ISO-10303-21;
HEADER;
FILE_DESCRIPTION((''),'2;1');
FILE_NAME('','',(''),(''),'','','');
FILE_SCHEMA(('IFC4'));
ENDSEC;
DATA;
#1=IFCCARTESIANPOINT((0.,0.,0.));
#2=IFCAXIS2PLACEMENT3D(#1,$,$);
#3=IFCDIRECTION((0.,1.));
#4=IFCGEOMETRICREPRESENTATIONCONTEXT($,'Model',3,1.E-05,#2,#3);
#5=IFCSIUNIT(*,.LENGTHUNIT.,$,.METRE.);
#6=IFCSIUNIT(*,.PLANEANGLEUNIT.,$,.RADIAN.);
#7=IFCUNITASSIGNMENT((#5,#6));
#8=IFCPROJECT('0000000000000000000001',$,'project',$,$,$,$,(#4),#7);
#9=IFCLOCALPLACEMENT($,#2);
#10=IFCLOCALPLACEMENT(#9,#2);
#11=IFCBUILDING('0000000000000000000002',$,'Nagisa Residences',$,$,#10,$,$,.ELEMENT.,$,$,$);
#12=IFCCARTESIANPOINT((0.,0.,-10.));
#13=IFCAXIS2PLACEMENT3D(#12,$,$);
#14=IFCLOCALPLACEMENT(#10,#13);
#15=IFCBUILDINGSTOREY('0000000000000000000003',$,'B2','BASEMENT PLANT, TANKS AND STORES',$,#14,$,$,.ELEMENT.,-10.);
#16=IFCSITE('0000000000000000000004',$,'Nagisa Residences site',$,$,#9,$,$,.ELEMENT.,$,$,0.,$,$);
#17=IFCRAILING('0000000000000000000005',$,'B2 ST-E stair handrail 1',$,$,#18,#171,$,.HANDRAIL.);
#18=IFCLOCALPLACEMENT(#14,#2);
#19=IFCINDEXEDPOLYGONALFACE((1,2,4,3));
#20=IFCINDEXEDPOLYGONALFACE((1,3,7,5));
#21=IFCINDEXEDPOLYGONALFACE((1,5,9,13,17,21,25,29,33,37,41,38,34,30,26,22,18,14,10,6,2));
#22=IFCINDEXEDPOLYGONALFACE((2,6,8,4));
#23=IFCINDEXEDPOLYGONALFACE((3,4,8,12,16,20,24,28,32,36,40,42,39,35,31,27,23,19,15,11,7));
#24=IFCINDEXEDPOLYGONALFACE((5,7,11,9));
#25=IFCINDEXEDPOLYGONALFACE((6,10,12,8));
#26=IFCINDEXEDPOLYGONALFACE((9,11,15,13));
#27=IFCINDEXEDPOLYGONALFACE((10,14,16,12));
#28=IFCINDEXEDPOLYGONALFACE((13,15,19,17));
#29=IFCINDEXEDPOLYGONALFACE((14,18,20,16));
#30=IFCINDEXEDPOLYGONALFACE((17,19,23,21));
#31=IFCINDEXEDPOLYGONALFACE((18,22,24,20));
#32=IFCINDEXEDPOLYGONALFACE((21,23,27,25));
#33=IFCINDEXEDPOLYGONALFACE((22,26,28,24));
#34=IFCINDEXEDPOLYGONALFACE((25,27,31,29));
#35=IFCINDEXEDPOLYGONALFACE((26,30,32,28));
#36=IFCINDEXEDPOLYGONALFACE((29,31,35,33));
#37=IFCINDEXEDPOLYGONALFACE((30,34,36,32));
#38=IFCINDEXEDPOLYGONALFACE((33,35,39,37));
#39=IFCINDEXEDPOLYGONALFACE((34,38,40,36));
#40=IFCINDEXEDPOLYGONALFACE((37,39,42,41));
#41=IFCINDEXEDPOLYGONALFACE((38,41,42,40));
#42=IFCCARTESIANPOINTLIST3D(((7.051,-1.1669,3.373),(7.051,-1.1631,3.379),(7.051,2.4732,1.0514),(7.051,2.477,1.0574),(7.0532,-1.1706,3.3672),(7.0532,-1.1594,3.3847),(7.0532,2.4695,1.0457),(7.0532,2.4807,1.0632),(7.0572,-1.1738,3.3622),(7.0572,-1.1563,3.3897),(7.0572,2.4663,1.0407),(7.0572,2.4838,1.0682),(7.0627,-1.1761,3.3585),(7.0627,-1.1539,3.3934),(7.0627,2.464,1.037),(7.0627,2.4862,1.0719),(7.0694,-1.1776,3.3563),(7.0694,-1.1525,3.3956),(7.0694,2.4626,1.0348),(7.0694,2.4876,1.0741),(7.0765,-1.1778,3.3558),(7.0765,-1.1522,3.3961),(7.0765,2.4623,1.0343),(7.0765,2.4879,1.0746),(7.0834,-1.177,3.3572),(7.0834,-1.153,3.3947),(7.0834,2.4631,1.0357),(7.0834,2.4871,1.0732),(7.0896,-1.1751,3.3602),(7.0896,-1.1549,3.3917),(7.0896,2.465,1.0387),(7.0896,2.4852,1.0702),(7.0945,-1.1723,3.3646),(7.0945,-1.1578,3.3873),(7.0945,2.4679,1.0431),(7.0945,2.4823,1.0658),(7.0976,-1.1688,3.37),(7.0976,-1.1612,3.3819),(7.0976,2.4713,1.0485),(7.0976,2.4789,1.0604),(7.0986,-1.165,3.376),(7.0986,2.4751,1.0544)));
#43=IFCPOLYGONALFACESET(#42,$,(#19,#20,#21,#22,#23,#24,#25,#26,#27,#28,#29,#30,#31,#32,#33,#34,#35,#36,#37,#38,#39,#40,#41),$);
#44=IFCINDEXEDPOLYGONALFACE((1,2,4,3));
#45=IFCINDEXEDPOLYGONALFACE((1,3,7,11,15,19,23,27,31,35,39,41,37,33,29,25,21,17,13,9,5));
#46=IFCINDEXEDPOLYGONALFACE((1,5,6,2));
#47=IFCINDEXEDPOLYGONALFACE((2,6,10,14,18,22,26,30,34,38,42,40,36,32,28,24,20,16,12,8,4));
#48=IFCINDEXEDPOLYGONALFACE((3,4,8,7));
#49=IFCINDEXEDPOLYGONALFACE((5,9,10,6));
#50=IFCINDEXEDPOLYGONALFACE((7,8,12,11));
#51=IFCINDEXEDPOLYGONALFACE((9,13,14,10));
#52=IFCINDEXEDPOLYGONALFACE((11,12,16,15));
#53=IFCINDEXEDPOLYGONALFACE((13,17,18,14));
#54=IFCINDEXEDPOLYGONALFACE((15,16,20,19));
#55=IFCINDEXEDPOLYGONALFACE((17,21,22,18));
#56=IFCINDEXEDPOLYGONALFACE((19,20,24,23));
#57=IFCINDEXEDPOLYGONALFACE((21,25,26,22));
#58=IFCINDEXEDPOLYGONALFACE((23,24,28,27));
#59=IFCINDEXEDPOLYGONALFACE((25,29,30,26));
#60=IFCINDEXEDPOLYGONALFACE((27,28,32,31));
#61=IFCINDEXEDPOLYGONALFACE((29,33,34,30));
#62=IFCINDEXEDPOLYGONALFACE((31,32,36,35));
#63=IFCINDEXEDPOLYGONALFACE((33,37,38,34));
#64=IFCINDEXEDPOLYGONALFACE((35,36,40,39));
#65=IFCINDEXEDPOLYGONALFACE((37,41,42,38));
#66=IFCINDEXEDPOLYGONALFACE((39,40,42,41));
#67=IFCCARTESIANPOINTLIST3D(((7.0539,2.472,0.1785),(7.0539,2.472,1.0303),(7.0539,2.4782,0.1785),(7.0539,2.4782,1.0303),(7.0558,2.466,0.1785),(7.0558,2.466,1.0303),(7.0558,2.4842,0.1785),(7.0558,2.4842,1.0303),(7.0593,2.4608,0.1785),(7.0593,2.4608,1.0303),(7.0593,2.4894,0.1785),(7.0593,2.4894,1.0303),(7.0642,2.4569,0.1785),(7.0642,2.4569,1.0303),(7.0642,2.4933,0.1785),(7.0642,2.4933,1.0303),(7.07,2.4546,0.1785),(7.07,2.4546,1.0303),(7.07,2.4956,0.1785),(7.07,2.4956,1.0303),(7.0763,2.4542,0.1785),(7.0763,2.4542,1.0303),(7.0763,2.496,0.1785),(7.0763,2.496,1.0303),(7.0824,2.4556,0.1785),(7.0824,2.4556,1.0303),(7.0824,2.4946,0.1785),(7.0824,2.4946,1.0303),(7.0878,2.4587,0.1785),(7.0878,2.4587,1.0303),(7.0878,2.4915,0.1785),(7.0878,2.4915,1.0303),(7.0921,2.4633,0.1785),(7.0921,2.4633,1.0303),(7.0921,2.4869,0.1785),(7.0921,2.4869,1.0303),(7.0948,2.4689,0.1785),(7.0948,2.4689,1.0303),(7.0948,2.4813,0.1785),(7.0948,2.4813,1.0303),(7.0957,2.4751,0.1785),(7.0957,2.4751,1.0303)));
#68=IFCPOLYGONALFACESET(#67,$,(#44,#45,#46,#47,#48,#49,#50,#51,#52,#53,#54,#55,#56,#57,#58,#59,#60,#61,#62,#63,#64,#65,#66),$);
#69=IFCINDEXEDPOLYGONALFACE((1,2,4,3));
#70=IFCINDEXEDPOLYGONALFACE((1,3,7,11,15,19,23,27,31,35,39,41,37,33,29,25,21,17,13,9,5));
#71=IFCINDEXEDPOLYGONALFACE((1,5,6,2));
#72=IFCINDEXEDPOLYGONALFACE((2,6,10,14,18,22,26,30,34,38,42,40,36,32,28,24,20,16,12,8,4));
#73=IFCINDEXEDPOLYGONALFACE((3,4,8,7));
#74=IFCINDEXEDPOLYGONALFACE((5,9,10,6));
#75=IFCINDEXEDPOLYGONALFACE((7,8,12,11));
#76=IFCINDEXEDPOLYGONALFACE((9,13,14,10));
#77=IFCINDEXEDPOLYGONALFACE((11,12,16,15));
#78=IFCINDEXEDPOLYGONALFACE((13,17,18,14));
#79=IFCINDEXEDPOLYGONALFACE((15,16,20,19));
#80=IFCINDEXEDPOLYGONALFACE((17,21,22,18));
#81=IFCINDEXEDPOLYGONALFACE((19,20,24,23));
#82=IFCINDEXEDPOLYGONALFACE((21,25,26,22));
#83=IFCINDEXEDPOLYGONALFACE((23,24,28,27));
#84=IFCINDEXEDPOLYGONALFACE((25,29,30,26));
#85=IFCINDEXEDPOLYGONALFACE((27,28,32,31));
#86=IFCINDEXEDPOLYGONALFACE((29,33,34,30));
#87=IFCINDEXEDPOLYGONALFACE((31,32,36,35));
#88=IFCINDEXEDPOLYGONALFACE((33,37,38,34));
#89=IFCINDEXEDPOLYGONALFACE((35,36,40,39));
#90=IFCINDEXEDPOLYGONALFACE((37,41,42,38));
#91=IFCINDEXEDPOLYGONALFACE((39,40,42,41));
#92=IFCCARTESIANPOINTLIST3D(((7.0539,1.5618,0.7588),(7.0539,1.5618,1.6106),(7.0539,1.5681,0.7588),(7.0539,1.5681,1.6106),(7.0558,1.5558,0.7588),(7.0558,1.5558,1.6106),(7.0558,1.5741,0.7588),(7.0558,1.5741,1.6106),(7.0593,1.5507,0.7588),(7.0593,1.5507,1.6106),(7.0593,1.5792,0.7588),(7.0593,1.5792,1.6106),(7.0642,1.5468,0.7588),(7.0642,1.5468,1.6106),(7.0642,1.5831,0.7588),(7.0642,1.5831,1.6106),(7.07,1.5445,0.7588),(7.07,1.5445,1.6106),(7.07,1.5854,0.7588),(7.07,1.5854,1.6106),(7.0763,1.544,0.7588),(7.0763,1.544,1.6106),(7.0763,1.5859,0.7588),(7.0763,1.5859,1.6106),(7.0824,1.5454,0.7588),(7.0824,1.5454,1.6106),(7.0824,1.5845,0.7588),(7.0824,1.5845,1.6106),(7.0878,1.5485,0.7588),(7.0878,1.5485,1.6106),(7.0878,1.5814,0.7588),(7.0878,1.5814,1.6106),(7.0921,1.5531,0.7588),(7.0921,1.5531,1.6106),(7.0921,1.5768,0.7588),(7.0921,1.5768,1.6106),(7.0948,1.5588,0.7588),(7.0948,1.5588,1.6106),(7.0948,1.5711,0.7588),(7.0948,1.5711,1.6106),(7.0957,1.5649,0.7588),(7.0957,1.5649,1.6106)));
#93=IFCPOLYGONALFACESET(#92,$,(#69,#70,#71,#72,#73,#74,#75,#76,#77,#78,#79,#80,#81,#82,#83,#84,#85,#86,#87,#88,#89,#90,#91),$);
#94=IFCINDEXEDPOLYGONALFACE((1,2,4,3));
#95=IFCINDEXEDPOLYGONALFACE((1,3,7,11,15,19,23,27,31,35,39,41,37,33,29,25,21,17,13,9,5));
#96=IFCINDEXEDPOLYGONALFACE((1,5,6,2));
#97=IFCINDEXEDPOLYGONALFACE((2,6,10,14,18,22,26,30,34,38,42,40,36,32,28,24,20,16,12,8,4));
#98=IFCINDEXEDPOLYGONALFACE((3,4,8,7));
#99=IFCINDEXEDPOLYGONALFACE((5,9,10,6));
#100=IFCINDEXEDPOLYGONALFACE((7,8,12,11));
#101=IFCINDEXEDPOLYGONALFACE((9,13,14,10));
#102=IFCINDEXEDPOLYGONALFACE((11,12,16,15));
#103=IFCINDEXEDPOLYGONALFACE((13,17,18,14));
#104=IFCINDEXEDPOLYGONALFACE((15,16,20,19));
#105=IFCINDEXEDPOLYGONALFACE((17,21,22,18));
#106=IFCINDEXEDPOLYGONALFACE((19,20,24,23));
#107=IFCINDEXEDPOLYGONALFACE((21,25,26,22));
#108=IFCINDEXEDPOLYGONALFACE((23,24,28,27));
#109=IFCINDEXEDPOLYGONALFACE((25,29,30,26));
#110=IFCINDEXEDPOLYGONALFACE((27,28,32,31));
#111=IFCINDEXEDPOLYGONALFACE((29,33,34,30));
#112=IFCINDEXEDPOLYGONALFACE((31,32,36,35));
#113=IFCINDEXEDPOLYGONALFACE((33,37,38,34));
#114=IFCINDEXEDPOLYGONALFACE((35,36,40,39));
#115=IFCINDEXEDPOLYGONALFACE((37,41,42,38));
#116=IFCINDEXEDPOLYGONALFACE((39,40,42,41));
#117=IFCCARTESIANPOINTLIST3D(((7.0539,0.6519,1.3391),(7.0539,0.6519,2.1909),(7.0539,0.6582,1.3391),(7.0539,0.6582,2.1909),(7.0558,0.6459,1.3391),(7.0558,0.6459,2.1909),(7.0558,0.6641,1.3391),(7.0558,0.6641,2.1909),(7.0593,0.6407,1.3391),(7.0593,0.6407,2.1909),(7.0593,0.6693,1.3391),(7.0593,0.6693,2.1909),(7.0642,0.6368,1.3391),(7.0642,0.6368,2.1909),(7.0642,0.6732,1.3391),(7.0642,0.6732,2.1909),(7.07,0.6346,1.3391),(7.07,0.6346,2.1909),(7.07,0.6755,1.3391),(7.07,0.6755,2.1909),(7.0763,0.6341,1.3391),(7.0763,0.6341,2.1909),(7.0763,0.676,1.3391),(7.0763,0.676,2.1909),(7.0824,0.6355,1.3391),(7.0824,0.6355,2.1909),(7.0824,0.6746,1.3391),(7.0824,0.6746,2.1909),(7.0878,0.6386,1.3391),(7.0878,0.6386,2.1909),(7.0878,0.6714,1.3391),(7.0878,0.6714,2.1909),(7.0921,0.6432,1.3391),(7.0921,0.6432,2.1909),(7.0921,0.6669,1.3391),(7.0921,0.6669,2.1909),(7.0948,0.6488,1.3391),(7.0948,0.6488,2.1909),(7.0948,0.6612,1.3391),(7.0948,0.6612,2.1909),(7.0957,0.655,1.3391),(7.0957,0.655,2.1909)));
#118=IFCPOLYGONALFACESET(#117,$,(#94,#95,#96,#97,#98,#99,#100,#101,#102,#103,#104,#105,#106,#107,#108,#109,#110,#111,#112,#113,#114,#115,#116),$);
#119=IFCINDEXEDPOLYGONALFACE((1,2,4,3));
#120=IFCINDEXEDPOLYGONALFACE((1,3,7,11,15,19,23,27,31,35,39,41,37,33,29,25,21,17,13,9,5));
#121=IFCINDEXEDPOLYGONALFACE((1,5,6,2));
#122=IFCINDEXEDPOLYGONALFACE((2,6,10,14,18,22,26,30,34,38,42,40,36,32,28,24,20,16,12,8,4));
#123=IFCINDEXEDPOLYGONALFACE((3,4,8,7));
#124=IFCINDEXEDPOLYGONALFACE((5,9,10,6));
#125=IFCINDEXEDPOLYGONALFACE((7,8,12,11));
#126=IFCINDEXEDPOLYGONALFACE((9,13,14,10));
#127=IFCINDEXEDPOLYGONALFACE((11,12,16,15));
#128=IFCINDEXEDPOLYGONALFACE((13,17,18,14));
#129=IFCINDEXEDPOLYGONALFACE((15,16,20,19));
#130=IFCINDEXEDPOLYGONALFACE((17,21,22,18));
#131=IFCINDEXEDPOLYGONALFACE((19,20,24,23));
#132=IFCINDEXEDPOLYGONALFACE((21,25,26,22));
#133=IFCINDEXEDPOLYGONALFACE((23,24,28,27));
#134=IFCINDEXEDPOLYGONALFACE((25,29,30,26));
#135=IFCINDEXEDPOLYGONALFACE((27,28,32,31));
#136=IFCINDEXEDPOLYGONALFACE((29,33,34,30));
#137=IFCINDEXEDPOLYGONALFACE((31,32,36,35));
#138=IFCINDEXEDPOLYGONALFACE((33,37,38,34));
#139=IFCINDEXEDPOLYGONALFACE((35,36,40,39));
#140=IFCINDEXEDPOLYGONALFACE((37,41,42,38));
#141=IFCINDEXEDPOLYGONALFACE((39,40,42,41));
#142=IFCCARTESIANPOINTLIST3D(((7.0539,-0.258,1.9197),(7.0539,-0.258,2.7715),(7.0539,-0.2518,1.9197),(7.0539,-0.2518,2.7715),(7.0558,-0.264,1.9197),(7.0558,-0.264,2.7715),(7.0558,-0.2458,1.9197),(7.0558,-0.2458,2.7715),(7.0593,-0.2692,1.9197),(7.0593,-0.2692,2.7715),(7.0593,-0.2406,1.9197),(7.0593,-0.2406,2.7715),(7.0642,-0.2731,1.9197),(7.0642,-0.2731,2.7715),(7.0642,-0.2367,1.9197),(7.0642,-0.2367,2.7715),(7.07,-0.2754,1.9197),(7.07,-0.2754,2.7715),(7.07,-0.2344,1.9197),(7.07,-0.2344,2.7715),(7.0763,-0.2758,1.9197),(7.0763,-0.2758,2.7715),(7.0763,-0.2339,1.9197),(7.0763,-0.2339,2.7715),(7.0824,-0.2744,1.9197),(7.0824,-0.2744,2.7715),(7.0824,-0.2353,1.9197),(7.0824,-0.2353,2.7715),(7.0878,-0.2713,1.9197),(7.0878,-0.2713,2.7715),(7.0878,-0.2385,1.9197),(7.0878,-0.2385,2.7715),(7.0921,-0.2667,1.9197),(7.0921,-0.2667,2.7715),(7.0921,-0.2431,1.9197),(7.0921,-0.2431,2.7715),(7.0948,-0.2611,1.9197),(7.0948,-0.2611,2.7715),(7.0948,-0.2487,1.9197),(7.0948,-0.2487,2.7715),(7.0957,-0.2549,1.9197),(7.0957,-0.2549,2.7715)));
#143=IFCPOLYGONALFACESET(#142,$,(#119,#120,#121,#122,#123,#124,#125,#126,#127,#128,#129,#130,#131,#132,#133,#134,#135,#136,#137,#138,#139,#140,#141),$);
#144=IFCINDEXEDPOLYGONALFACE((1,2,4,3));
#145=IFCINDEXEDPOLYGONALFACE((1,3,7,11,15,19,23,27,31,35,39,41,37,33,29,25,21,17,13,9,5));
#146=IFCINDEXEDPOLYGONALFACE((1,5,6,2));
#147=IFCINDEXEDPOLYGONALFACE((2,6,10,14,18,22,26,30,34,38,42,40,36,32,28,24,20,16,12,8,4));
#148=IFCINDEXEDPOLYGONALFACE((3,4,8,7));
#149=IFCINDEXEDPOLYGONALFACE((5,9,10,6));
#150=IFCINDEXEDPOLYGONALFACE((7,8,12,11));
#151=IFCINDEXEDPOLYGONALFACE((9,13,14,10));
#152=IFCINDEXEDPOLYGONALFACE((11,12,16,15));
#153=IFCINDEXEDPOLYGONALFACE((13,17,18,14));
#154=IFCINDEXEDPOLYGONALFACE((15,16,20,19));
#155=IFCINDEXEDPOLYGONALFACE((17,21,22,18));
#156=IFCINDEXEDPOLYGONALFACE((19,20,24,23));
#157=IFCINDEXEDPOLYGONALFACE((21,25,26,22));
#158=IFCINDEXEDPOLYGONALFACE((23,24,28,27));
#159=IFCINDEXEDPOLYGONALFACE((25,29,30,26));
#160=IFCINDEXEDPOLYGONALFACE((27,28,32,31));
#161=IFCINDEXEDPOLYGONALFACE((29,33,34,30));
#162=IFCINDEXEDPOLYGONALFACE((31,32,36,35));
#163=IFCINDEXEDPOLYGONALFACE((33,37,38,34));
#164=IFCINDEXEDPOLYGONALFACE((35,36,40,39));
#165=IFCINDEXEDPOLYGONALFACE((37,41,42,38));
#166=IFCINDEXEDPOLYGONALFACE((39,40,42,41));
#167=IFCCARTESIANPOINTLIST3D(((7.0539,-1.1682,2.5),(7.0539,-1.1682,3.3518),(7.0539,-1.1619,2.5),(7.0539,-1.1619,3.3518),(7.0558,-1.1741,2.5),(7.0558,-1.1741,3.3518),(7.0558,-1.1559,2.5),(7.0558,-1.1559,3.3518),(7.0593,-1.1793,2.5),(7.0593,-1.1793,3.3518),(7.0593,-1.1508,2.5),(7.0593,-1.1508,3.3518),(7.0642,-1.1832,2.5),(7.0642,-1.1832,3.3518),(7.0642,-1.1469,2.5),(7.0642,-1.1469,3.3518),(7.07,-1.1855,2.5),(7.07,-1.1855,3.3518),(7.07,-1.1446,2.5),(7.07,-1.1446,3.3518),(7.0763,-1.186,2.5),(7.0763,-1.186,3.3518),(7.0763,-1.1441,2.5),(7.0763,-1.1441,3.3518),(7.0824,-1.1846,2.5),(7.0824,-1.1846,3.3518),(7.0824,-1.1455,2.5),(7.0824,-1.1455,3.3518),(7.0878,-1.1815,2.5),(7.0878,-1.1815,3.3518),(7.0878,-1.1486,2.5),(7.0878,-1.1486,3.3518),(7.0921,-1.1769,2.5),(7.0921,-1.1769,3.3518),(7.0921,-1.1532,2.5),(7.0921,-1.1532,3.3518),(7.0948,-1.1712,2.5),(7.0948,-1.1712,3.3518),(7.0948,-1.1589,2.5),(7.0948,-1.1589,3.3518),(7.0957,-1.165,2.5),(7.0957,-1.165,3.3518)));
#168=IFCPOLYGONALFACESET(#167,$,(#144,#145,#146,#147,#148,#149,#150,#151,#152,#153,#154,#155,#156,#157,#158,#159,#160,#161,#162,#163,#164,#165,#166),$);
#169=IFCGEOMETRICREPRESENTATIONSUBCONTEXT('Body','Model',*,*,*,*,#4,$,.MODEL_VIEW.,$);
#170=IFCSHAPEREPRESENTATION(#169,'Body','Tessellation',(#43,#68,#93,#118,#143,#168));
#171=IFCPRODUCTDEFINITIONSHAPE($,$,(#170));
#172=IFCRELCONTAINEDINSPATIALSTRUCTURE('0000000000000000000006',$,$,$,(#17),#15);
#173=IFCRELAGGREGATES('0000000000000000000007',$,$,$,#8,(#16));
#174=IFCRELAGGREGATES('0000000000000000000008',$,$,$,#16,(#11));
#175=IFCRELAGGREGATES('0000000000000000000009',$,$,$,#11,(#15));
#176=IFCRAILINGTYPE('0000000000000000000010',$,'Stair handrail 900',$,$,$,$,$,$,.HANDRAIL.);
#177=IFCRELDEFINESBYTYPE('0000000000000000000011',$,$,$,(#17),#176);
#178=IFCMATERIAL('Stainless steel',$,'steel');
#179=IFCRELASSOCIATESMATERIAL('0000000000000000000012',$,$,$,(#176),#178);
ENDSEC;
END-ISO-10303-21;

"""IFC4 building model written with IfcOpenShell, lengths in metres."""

from ifc_helpers import new_model, si_unit, direction, frame, origin, origin_2d, place, context, subcontext, project, spatial, circle, extrude, material, type_object, element, save


model = new_model("IFC4")

# Units and contexts
model_context = context("Model", 3, precision=1e-05, world=origin(), true_north=direction((0.0, 1.0)))
body_context = subcontext(model_context, "Body", "Model", "MODEL_VIEW")
ifc_project = project(units=[si_unit("LENGTHUNIT", "METRE"), si_unit("PLANEANGLEUNIT", "RADIAN")], contexts=[model_context])

# Site, building, storey
site_placement = place(None, origin())
site = spatial("IfcSite", under=ifc_project, at=site_placement, Name="Nagisa Residences site", CompositionType="ELEMENT", RefElevation=0.0)
building_placement = place(site_placement, origin())
building = spatial("IfcBuilding", under=site, at=building_placement, Name="Nagisa Residences", CompositionType="ELEMENT")
storey_placement = place(building_placement, frame((0.0, 0.0, -10.0)))
storey = spatial("IfcBuildingStorey", under=building, at=storey_placement, Name="B2", Description="BASEMENT PLANT, TANKS AND STORES", CompositionType="ELEMENT", Elevation=-10.0)

# Railing
ifc_material_1 = material(Name="Stainless steel", Category="steel")
railing_type_1 = type_object("IfcRailingType", Name="Stair handrail 900", PredefinedType="HANDRAIL", material=ifc_material_1)
railing_1_placement = place(storey_placement, frame((7.0747, 2.4751, 0.1785)))
element("IfcRailing", 1, at=railing_1_placement, inside=storey, type_object=railing_type_1, Name="B2 ST-E stair handrail 1", PredefinedType="HANDRAIL", context=body_context, shape_type="SweptSolid", body=[
    extrude(circle(Radius=0.0239, at=origin_2d()), frame((0.0, 0.0, 0.876), z_axis=(0.0, -0.843128, 0.537713), x_axis=(1.0, 0.0, 0.0)), (0.0, 0.0, 1.0), 4.3174),
    extrude(circle(Radius=0.021, at=origin_2d()), origin(), (0.0, 0.0, 1.0), 0.8518),
    extrude(circle(Radius=0.021, at=origin_2d()), frame((0.0, -0.9102, 0.5803)), (0.0, 0.0, 1.0), 0.8518),
    extrude(circle(Radius=0.021, at=origin_2d()), frame((0.0, -1.8201, 1.1606)), (0.0, 0.0, 1.0), 0.8518),
    extrude(circle(Radius=0.021, at=origin_2d()), frame((0.0, -2.73, 1.7412)), (0.0, 0.0, 1.0), 0.8518),
    extrude(circle(Radius=0.021, at=origin_2d()), frame((0.0, -3.6401, 2.3215)), (0.0, 0.0, 1.0), 0.8518),
])

save(model, "model.ifc")
